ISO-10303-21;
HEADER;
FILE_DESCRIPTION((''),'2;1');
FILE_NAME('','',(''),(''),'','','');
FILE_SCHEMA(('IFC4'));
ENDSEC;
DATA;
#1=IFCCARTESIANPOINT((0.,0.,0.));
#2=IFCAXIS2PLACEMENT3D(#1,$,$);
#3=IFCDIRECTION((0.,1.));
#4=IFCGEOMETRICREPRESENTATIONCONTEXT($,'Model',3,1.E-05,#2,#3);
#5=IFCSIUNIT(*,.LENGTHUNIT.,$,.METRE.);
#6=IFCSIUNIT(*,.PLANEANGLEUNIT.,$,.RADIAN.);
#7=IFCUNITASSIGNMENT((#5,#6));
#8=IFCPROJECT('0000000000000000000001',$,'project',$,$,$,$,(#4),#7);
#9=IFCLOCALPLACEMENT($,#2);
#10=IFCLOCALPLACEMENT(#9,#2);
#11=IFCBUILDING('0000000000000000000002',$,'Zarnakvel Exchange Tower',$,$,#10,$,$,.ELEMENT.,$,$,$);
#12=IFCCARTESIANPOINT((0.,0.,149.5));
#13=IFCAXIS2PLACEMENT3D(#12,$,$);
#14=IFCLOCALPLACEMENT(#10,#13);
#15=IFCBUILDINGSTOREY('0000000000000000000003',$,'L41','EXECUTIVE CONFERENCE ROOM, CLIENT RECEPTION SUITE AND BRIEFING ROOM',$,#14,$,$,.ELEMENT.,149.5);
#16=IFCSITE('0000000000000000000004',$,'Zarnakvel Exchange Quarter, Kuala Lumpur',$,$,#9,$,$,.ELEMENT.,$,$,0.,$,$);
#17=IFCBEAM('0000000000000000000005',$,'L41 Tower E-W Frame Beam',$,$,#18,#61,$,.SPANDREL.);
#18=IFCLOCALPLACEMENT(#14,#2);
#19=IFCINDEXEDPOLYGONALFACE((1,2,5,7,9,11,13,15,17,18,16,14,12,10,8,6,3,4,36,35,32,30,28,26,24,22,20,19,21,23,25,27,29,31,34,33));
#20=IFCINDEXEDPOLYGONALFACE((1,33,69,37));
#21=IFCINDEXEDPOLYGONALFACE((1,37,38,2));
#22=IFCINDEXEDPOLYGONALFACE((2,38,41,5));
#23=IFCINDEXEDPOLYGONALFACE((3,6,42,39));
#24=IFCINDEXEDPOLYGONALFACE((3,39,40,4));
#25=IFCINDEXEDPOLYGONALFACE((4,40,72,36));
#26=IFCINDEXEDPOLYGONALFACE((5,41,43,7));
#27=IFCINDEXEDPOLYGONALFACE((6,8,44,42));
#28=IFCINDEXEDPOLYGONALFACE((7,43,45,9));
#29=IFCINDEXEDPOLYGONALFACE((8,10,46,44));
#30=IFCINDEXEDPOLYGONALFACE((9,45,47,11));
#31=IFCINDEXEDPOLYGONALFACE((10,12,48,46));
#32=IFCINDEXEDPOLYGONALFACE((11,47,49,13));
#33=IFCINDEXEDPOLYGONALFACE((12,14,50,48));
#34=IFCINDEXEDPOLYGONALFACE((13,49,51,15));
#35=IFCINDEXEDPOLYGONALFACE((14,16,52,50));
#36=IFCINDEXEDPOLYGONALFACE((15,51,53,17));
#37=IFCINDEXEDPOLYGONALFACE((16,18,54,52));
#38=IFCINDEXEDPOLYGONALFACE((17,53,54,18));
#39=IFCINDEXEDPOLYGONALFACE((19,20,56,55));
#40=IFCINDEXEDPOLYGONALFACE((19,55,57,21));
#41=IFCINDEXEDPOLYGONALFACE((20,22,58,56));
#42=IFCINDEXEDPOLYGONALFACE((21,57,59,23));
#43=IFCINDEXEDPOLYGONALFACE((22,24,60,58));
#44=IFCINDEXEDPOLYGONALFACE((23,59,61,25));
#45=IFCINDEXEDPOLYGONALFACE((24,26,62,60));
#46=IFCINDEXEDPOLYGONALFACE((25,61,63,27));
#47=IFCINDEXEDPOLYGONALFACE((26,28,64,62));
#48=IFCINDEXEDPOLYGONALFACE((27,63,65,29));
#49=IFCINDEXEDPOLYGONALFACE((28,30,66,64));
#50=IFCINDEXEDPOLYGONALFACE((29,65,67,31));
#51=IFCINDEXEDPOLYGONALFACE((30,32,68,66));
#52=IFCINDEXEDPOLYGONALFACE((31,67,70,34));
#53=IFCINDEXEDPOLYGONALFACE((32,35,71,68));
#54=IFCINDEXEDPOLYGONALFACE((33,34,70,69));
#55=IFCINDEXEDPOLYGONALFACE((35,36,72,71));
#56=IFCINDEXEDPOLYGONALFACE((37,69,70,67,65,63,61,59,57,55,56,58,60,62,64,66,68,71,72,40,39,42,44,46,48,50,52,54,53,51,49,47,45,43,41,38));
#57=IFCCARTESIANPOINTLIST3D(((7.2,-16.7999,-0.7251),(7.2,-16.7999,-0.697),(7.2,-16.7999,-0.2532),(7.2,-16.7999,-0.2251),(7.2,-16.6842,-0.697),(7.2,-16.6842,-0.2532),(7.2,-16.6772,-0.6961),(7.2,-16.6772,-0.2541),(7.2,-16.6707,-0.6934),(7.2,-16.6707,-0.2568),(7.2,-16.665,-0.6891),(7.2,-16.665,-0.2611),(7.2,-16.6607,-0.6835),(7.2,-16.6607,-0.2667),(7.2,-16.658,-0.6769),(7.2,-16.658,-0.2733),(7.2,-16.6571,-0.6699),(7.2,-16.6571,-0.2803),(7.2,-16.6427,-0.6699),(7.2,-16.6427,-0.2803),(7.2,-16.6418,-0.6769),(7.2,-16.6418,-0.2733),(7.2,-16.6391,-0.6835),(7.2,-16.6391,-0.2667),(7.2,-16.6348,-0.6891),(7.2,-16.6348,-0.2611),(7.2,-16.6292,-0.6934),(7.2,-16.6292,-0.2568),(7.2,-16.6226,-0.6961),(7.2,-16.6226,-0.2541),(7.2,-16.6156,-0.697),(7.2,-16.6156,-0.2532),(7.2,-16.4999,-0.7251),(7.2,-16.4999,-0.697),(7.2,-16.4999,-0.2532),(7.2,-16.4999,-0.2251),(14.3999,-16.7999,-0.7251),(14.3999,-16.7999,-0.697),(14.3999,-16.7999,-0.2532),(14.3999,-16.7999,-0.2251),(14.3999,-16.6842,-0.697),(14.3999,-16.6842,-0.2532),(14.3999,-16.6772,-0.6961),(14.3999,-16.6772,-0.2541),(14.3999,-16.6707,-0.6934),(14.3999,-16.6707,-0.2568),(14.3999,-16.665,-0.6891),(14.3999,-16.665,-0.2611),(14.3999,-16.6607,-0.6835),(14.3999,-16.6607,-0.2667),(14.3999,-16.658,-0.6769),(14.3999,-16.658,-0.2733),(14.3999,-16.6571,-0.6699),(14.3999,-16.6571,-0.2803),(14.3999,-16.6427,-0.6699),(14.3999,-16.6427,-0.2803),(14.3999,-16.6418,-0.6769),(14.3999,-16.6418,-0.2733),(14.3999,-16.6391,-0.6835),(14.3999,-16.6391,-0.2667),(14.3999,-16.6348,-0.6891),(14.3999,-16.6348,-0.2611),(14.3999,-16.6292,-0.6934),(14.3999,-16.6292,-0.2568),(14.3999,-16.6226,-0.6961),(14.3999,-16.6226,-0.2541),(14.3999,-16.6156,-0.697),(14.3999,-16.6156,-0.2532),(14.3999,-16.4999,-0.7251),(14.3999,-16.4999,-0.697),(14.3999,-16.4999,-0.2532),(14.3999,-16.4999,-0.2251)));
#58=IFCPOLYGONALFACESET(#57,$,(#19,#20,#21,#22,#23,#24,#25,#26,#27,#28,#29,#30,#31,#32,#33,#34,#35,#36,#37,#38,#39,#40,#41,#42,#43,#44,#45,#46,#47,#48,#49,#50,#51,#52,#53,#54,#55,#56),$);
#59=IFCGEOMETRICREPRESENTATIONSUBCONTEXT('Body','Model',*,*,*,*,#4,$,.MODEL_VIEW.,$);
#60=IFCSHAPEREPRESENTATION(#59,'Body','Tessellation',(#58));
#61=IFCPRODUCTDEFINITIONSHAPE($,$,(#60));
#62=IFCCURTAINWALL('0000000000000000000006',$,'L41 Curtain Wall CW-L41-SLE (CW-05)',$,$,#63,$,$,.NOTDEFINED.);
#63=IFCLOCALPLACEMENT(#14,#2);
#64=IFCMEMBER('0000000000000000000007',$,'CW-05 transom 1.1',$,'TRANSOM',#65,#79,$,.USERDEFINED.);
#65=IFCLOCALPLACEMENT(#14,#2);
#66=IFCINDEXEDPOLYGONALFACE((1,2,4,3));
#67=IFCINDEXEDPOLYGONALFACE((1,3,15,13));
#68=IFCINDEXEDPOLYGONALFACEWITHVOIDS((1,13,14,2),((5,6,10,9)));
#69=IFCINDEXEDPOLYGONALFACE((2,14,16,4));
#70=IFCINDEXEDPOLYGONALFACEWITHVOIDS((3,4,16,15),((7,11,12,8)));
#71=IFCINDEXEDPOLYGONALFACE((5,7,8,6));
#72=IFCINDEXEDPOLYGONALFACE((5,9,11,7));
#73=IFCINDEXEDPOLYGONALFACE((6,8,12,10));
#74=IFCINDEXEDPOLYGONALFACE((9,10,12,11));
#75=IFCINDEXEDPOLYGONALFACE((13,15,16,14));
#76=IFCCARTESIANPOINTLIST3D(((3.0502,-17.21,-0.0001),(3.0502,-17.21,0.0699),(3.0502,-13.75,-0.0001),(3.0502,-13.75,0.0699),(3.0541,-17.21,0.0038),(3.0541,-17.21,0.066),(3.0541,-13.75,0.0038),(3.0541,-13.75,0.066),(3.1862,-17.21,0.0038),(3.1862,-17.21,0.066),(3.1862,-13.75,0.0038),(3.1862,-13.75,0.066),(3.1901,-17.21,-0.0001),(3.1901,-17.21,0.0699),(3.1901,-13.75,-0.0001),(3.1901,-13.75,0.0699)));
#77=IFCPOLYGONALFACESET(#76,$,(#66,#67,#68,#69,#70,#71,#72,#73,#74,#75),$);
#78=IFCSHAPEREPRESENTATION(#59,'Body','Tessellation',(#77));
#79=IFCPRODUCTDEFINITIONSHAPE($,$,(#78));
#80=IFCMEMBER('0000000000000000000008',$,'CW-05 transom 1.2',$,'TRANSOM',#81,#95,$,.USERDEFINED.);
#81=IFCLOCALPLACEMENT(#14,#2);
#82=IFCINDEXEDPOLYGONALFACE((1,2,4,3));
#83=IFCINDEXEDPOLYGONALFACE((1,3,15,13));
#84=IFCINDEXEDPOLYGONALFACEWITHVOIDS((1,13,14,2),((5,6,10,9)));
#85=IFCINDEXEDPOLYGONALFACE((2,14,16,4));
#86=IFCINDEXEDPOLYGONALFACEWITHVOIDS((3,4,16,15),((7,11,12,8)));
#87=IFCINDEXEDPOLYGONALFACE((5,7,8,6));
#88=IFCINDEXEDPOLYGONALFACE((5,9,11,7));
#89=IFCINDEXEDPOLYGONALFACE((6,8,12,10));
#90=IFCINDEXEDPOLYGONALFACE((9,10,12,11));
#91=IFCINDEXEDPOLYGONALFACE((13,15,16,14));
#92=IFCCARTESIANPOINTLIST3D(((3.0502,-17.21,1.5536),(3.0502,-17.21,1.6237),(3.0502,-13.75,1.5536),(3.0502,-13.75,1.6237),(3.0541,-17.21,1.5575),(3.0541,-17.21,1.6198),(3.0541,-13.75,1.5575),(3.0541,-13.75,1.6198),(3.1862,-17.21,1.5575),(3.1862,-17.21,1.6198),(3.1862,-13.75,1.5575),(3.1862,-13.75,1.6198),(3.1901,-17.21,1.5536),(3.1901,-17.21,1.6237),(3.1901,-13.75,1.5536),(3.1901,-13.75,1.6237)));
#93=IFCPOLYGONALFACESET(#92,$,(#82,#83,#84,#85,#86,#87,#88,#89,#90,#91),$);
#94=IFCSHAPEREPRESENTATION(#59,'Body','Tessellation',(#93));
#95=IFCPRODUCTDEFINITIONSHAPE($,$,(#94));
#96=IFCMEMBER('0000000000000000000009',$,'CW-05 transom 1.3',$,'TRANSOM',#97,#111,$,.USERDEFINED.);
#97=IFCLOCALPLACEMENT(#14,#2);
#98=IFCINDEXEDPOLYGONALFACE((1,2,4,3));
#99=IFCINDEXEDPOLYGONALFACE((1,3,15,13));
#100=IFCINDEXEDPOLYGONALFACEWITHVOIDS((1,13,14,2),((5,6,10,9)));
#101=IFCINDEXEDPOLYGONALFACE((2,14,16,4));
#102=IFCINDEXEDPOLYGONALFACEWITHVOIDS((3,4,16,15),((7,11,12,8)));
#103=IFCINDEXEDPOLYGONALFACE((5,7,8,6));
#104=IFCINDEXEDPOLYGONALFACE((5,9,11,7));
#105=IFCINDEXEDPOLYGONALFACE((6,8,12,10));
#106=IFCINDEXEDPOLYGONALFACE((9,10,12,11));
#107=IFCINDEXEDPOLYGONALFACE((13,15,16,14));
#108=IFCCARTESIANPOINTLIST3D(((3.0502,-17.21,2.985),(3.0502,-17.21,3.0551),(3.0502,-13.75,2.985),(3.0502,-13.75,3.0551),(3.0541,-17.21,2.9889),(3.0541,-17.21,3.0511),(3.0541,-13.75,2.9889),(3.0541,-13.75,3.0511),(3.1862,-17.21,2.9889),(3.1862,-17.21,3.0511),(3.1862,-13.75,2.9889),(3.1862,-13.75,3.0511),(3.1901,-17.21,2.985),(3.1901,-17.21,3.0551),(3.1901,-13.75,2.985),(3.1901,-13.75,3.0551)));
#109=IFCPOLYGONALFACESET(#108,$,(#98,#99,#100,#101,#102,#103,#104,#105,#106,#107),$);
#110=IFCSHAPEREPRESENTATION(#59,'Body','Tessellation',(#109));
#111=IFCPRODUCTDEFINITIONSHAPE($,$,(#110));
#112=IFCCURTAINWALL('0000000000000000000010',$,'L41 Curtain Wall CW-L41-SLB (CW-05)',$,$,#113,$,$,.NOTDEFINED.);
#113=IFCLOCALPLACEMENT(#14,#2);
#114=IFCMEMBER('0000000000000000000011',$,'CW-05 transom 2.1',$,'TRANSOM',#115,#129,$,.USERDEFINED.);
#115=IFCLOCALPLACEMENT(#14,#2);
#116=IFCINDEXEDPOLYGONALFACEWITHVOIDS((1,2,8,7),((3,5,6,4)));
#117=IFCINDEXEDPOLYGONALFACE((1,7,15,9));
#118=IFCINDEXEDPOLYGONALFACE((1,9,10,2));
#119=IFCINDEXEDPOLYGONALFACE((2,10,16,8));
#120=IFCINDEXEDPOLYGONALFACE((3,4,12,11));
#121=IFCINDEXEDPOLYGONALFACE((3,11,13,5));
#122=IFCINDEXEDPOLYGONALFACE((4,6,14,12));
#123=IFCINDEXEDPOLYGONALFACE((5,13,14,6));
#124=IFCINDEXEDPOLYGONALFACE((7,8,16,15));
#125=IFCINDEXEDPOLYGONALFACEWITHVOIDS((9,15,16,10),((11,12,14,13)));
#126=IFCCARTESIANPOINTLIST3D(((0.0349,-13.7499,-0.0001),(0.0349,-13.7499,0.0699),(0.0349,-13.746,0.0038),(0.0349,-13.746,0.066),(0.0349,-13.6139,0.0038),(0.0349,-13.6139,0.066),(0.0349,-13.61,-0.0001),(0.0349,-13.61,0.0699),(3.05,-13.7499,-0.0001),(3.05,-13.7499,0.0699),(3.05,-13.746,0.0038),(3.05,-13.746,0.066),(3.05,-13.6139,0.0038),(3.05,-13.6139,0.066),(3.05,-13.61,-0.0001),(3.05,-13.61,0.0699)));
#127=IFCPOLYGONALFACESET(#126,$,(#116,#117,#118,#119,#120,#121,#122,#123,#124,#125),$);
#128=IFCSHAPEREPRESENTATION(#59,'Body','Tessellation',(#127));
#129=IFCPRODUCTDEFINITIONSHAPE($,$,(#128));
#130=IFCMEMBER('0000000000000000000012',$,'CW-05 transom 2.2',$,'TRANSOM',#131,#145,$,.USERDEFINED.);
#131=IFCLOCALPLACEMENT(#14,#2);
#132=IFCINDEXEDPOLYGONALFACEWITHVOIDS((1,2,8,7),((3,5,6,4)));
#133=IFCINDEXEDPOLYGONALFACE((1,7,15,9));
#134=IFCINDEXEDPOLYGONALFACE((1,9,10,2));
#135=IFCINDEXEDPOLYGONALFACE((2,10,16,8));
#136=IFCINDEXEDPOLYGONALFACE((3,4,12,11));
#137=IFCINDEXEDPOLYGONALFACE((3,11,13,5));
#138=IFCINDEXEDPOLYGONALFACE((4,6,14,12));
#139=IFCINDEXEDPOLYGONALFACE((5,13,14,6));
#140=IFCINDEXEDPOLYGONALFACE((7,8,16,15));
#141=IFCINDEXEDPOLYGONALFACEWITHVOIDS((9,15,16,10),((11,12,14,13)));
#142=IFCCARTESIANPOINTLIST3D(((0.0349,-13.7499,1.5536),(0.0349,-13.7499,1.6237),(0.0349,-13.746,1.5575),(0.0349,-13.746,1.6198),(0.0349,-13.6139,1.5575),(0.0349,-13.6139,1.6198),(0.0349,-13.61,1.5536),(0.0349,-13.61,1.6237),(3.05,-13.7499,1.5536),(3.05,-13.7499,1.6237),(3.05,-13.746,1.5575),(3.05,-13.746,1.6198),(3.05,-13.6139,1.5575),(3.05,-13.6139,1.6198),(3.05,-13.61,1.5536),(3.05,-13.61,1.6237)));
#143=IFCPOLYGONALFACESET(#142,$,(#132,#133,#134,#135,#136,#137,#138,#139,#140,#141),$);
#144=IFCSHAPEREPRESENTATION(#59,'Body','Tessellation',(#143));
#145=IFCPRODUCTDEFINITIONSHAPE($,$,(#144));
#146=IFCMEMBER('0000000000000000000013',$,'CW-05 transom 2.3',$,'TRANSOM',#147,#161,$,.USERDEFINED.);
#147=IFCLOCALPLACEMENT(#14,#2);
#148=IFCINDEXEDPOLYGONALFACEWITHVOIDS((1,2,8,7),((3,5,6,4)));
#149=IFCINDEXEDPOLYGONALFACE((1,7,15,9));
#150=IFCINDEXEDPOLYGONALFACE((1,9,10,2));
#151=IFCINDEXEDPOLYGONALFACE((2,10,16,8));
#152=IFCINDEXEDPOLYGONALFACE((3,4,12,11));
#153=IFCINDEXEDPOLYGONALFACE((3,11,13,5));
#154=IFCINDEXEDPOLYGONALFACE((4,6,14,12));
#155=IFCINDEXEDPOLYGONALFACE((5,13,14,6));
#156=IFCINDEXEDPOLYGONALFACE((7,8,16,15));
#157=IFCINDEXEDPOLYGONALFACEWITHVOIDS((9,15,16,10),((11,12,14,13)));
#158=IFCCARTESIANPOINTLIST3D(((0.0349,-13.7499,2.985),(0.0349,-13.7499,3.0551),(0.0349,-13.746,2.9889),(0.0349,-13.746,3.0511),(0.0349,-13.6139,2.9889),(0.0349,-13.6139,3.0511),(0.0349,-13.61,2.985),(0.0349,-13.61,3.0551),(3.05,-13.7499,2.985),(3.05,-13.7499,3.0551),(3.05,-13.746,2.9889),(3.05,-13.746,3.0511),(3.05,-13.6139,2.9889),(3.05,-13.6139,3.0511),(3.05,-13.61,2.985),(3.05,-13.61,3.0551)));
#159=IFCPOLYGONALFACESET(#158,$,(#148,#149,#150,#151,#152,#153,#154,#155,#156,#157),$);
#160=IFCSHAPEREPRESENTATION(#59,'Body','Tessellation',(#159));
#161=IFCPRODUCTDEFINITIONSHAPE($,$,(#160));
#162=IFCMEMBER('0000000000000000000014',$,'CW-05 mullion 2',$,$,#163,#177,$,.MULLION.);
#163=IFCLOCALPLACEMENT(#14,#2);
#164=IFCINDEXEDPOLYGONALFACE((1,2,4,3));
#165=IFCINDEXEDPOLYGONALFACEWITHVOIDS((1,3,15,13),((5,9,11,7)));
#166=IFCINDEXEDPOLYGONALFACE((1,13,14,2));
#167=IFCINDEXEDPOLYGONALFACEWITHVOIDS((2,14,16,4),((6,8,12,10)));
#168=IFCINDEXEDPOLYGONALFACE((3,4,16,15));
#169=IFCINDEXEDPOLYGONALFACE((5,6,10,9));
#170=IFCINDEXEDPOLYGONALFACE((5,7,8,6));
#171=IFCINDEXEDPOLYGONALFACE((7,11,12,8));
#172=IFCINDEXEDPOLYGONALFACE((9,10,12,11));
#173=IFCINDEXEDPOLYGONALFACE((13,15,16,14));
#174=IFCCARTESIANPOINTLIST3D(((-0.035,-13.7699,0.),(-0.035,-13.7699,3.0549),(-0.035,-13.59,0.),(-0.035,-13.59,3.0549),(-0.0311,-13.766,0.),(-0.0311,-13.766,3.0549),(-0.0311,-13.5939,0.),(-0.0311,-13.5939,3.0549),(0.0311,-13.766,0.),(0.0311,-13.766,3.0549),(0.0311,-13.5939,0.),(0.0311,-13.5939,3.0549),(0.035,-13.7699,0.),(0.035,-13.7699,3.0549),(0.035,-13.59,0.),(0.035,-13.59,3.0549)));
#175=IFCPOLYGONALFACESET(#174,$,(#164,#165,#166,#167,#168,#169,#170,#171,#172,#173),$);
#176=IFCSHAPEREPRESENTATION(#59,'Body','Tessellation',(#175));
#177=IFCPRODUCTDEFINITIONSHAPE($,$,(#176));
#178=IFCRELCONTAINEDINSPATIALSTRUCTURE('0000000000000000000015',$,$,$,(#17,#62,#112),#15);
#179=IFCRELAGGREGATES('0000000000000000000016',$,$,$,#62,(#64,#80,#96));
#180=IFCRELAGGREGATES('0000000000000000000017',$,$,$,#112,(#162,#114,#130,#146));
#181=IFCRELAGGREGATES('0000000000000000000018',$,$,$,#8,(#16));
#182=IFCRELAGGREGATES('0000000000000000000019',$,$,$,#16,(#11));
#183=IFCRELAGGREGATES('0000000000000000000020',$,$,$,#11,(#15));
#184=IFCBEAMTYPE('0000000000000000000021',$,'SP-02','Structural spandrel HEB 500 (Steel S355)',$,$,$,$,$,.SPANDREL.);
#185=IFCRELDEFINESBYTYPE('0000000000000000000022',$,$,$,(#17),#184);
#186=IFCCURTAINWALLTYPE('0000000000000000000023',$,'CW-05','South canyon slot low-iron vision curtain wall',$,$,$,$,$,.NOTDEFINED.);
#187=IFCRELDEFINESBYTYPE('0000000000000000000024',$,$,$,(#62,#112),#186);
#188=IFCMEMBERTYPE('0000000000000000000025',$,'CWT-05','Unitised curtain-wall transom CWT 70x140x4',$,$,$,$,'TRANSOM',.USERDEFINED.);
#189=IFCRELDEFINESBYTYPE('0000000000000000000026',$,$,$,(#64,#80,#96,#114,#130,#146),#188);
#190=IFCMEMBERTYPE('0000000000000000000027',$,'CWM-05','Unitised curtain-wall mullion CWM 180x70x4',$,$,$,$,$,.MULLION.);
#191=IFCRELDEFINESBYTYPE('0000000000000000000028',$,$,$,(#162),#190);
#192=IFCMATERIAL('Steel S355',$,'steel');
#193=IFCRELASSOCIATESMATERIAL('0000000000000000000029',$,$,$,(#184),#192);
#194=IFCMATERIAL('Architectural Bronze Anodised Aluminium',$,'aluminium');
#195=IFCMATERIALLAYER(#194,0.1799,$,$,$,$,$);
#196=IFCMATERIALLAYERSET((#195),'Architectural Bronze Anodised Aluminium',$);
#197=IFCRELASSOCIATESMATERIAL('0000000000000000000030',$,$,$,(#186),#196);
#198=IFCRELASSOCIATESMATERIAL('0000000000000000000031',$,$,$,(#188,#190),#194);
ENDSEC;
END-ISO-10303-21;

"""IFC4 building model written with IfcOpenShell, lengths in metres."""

from ifc_helpers import new_model, si_unit, direction, frame, origin, origin_2d, place, context, subcontext, project, spatial, hollow_rectangle, i_section, extrude, source, transform, mapped, material, layer, layer_set, material_profile, profile_set, type_object, element, aggregate, save


model = new_model("IFC4")

# Units and contexts
model_context = context("Model", 3, precision=1e-05, world=origin(), true_north=direction((0.0, 1.0)))
body_context = subcontext(model_context, "Body", "Model", "MODEL_VIEW")
ifc_project = project(units=[si_unit("LENGTHUNIT", "METRE"), si_unit("PLANEANGLEUNIT", "RADIAN")], contexts=[model_context])

# Site, building, storey
site_placement = place(None, origin())
site = spatial("IfcSite", under=ifc_project, at=site_placement, Name="Zarnakvel Exchange Quarter, Kuala Lumpur", CompositionType="ELEMENT", RefElevation=0.0)
building_placement = place(site_placement, origin())
building = spatial("IfcBuilding", under=site, at=building_placement, Name="Zarnakvel Exchange Tower", CompositionType="ELEMENT")
storey_placement = place(building_placement, frame((0.0, 0.0, 149.5)))
storey = spatial("IfcBuildingStorey", under=building, at=storey_placement, Name="L41", Description="EXECUTIVE CONFERENCE ROOM, CLIENT RECEPTION SUITE AND BRIEFING ROOM", CompositionType="ELEMENT", Elevation=149.5)

# Beam
ifc_material_1 = material(Name="Steel S355", Category="steel")
ifc_material_profile_1 = material_profile(ifc_material_1, i_section(OverallWidth=0.3, OverallDepth=0.5, WebThickness=0.0144, FlangeThickness=0.0281, FilletRadius=0.0271, at=origin_2d()))
ifc_profile_set_1 = profile_set([ifc_material_profile_1], Name="Steel S355")
beam_type_1 = type_object("IfcBeamType", Name="SP-02", Description="Structural spandrel HEB 500 (Steel S355)", PredefinedType="SPANDREL", material=ifc_profile_set_1)
beam_1_placement = place(storey_placement, frame((7.2, -16.6499, -0.4751), z_axis=(1.0, 0.0, 0.0), x_axis=(0.0, 1.0, 0.0)))
element("IfcBeam", 1, at=beam_1_placement, inside=storey, type_object=beam_type_1, Name="L41 Tower E-W Frame Beam", PredefinedType="SPANDREL", context=body_context, shape_type="SweptSolid", body=[
    extrude(i_section(OverallWidth=0.3, OverallDepth=0.5, WebThickness=0.0144, FlangeThickness=0.0281, FilletRadius=0.0271, at=origin_2d()), origin(), (0.0, 0.0, 1.0), 7.2),
])

# Curtain walls, members
ifc_material_2 = material(Name="Architectural Bronze Anodised Aluminium", Category="aluminium")
ifc_layer_1 = layer(ifc_material_2, 0.1799)
ifc_layer_set_1 = layer_set([ifc_layer_1], Name="Architectural Bronze Anodised Aluminium")
curtain_wall_type = type_object("IfcCurtainWallType", Name="CW-05", Description="South canyon slot low-iron vision curtain wall", PredefinedType="NOTDEFINED", material=ifc_layer_set_1)
curtain_wall_1_placement = place(storey_placement, origin())
curtain_wall_1 = element("IfcCurtainWall", 2, at=curtain_wall_1_placement, inside=storey, type_object=curtain_wall_type, Name="L41 Curtain Wall CW-L41-SLE (CW-05)", PredefinedType="NOTDEFINED")
ifc_material_profile_2 = material_profile(ifc_material_2, hollow_rectangle(XDim=0.1399, YDim=0.0701, WallThickness=0.0039, at=origin_2d()))
ifc_profile_set_2 = profile_set([ifc_material_profile_2], Name="Architectural Bronze Anodised Aluminium")
member_type_1 = type_object("IfcMemberType", Name="CWT-05", Description="Unitised curtain-wall transom CWT 70x140x4", ElementType="TRANSOM", PredefinedType="USERDEFINED", material=ifc_profile_set_2)
shared_shape_1 = source(origin(), body_context, "Body", "SweptSolid", [
    extrude(hollow_rectangle(XDim=0.1399, YDim=0.0701, WallThickness=0.0039, at=origin_2d()), origin(), (0.0, 0.0, 1.0), 3.46),
])
member_1_placement = place(storey_placement, frame((3.1201, -13.75, 0.0349), z_axis=(0.0, -1.0, 0.0), x_axis=(1.0, 0.0, 0.0)))
member_1 = element("IfcMember", 3, at=member_1_placement, type_object=member_type_1, Name="CW-05 transom 1.1", ObjectType="TRANSOM", PredefinedType="USERDEFINED", context=body_context, shape_type="MappedRepresentation", body=[
    mapped(shared_shape_1, transform((0.0, 0.0, 0.0), x_axis=(1.0, 0.0, 0.0), y_axis=(0.0, 1.0, 0.0), z_axis=(0.0, 0.0, 1.0), scale=1.0)),
])
member_2_placement = place(storey_placement, frame((3.1201, -13.75, 1.5886), z_axis=(0.0, -1.0, 0.0), x_axis=(1.0, 0.0, 0.0)))
member_2 = element("IfcMember", 4, at=member_2_placement, type_object=member_type_1, Name="CW-05 transom 1.2", ObjectType="TRANSOM", PredefinedType="USERDEFINED", context=body_context, shape_type="MappedRepresentation", body=[
    mapped(shared_shape_1, transform((0.0, 0.0, 0.0), x_axis=(1.0, 0.0, 0.0), y_axis=(0.0, 1.0, 0.0), z_axis=(0.0, 0.0, 1.0), scale=1.0)),
])
member_3_placement = place(storey_placement, frame((3.1201, -13.75, 3.02), z_axis=(0.0, -1.0, 0.0), x_axis=(1.0, 0.0, 0.0)))
member_3 = element("IfcMember", 5, at=member_3_placement, type_object=member_type_1, Name="CW-05 transom 1.3", ObjectType="TRANSOM", PredefinedType="USERDEFINED", context=body_context, shape_type="MappedRepresentation", body=[
    mapped(shared_shape_1, transform((0.0, 0.0, 0.0), x_axis=(1.0, 0.0, 0.0), y_axis=(0.0, 1.0, 0.0), z_axis=(0.0, 0.0, 1.0), scale=1.0)),
])
curtain_wall_2_placement = place(storey_placement, origin())
curtain_wall_2 = element("IfcCurtainWall", 6, at=curtain_wall_2_placement, inside=storey, type_object=curtain_wall_type, Name="L41 Curtain Wall CW-L41-SLB (CW-05)", PredefinedType="NOTDEFINED")
shared_shape_2 = source(origin(), body_context, "Body", "SweptSolid", [
    extrude(hollow_rectangle(XDim=0.1399, YDim=0.0701, WallThickness=0.0039, at=origin_2d()), origin(), (0.0, 0.0, 1.0), 3.0151),
])
member_4_placement = place(storey_placement, frame((0.0349, -13.6799, 0.0349), z_axis=(1.0, 0.0, 0.0), x_axis=(0.0, 1.0, 0.0)))
member_4 = element("IfcMember", 7, at=member_4_placement, type_object=member_type_1, Name="CW-05 transom 2.1", ObjectType="TRANSOM", PredefinedType="USERDEFINED", context=body_context, shape_type="MappedRepresentation", body=[
    mapped(shared_shape_2, transform((0.0, 0.0, 0.0), x_axis=(1.0, 0.0, 0.0), y_axis=(0.0, 1.0, 0.0), z_axis=(0.0, 0.0, 1.0), scale=1.0)),
])
member_5_placement = place(storey_placement, frame((0.0349, -13.6799, 1.5886), z_axis=(1.0, 0.0, 0.0), x_axis=(0.0, 1.0, 0.0)))
member_5 = element("IfcMember", 8, at=member_5_placement, type_object=member_type_1, Name="CW-05 transom 2.2", ObjectType="TRANSOM", PredefinedType="USERDEFINED", context=body_context, shape_type="MappedRepresentation", body=[
    mapped(shared_shape_2, transform((0.0, 0.0, 0.0), x_axis=(1.0, 0.0, 0.0), y_axis=(0.0, 1.0, 0.0), z_axis=(0.0, 0.0, 1.0), scale=1.0)),
])
member_6_placement = place(storey_placement, frame((0.0349, -13.6799, 3.02), z_axis=(1.0, 0.0, 0.0), x_axis=(0.0, 1.0, 0.0)))
member_6 = element("IfcMember", 9, at=member_6_placement, type_object=member_type_1, Name="CW-05 transom 2.3", ObjectType="TRANSOM", PredefinedType="USERDEFINED", context=body_context, shape_type="MappedRepresentation", body=[
    mapped(shared_shape_2, transform((0.0, 0.0, 0.0), x_axis=(1.0, 0.0, 0.0), y_axis=(0.0, 1.0, 0.0), z_axis=(0.0, 0.0, 1.0), scale=1.0)),
])
ifc_material_profile_3 = material_profile(ifc_material_2, hollow_rectangle(XDim=0.1799, YDim=0.0701, WallThickness=0.0039, at=origin_2d()))
ifc_profile_set_3 = profile_set([ifc_material_profile_3], Name="Architectural Bronze Anodised Aluminium")
member_type_2 = type_object("IfcMemberType", Name="CWM-05", Description="Unitised curtain-wall mullion CWM 180x70x4", PredefinedType="MULLION", material=ifc_profile_set_3)
shared_shape_3 = source(origin(), body_context, "Body", "SweptSolid", [
    extrude(hollow_rectangle(XDim=0.1799, YDim=0.0701, WallThickness=0.0039, at=origin_2d()), origin(), (0.0, 0.0, 1.0), 3.0549),
])
member_7_placement = place(storey_placement, frame((0.0, -13.6799, 0.0), z_axis=(0.0, 0.0, 1.0), x_axis=(0.0, 1.0, 0.0)))
member_7 = element("IfcMember", 10, at=member_7_placement, type_object=member_type_2, Name="CW-05 mullion 2", PredefinedType="MULLION", context=body_context, shape_type="MappedRepresentation", body=[
    mapped(shared_shape_3, transform((0.0, 0.0, 0.0), x_axis=(1.0, 0.0, 0.0), y_axis=(0.0, 1.0, 0.0), z_axis=(0.0, 0.0, 1.0), scale=1.0)),
])

aggregate(curtain_wall_1, [member_1, member_2, member_3])
aggregate(curtain_wall_2, [member_7, member_4, member_5, member_6])

save(model, "model.ifc")
